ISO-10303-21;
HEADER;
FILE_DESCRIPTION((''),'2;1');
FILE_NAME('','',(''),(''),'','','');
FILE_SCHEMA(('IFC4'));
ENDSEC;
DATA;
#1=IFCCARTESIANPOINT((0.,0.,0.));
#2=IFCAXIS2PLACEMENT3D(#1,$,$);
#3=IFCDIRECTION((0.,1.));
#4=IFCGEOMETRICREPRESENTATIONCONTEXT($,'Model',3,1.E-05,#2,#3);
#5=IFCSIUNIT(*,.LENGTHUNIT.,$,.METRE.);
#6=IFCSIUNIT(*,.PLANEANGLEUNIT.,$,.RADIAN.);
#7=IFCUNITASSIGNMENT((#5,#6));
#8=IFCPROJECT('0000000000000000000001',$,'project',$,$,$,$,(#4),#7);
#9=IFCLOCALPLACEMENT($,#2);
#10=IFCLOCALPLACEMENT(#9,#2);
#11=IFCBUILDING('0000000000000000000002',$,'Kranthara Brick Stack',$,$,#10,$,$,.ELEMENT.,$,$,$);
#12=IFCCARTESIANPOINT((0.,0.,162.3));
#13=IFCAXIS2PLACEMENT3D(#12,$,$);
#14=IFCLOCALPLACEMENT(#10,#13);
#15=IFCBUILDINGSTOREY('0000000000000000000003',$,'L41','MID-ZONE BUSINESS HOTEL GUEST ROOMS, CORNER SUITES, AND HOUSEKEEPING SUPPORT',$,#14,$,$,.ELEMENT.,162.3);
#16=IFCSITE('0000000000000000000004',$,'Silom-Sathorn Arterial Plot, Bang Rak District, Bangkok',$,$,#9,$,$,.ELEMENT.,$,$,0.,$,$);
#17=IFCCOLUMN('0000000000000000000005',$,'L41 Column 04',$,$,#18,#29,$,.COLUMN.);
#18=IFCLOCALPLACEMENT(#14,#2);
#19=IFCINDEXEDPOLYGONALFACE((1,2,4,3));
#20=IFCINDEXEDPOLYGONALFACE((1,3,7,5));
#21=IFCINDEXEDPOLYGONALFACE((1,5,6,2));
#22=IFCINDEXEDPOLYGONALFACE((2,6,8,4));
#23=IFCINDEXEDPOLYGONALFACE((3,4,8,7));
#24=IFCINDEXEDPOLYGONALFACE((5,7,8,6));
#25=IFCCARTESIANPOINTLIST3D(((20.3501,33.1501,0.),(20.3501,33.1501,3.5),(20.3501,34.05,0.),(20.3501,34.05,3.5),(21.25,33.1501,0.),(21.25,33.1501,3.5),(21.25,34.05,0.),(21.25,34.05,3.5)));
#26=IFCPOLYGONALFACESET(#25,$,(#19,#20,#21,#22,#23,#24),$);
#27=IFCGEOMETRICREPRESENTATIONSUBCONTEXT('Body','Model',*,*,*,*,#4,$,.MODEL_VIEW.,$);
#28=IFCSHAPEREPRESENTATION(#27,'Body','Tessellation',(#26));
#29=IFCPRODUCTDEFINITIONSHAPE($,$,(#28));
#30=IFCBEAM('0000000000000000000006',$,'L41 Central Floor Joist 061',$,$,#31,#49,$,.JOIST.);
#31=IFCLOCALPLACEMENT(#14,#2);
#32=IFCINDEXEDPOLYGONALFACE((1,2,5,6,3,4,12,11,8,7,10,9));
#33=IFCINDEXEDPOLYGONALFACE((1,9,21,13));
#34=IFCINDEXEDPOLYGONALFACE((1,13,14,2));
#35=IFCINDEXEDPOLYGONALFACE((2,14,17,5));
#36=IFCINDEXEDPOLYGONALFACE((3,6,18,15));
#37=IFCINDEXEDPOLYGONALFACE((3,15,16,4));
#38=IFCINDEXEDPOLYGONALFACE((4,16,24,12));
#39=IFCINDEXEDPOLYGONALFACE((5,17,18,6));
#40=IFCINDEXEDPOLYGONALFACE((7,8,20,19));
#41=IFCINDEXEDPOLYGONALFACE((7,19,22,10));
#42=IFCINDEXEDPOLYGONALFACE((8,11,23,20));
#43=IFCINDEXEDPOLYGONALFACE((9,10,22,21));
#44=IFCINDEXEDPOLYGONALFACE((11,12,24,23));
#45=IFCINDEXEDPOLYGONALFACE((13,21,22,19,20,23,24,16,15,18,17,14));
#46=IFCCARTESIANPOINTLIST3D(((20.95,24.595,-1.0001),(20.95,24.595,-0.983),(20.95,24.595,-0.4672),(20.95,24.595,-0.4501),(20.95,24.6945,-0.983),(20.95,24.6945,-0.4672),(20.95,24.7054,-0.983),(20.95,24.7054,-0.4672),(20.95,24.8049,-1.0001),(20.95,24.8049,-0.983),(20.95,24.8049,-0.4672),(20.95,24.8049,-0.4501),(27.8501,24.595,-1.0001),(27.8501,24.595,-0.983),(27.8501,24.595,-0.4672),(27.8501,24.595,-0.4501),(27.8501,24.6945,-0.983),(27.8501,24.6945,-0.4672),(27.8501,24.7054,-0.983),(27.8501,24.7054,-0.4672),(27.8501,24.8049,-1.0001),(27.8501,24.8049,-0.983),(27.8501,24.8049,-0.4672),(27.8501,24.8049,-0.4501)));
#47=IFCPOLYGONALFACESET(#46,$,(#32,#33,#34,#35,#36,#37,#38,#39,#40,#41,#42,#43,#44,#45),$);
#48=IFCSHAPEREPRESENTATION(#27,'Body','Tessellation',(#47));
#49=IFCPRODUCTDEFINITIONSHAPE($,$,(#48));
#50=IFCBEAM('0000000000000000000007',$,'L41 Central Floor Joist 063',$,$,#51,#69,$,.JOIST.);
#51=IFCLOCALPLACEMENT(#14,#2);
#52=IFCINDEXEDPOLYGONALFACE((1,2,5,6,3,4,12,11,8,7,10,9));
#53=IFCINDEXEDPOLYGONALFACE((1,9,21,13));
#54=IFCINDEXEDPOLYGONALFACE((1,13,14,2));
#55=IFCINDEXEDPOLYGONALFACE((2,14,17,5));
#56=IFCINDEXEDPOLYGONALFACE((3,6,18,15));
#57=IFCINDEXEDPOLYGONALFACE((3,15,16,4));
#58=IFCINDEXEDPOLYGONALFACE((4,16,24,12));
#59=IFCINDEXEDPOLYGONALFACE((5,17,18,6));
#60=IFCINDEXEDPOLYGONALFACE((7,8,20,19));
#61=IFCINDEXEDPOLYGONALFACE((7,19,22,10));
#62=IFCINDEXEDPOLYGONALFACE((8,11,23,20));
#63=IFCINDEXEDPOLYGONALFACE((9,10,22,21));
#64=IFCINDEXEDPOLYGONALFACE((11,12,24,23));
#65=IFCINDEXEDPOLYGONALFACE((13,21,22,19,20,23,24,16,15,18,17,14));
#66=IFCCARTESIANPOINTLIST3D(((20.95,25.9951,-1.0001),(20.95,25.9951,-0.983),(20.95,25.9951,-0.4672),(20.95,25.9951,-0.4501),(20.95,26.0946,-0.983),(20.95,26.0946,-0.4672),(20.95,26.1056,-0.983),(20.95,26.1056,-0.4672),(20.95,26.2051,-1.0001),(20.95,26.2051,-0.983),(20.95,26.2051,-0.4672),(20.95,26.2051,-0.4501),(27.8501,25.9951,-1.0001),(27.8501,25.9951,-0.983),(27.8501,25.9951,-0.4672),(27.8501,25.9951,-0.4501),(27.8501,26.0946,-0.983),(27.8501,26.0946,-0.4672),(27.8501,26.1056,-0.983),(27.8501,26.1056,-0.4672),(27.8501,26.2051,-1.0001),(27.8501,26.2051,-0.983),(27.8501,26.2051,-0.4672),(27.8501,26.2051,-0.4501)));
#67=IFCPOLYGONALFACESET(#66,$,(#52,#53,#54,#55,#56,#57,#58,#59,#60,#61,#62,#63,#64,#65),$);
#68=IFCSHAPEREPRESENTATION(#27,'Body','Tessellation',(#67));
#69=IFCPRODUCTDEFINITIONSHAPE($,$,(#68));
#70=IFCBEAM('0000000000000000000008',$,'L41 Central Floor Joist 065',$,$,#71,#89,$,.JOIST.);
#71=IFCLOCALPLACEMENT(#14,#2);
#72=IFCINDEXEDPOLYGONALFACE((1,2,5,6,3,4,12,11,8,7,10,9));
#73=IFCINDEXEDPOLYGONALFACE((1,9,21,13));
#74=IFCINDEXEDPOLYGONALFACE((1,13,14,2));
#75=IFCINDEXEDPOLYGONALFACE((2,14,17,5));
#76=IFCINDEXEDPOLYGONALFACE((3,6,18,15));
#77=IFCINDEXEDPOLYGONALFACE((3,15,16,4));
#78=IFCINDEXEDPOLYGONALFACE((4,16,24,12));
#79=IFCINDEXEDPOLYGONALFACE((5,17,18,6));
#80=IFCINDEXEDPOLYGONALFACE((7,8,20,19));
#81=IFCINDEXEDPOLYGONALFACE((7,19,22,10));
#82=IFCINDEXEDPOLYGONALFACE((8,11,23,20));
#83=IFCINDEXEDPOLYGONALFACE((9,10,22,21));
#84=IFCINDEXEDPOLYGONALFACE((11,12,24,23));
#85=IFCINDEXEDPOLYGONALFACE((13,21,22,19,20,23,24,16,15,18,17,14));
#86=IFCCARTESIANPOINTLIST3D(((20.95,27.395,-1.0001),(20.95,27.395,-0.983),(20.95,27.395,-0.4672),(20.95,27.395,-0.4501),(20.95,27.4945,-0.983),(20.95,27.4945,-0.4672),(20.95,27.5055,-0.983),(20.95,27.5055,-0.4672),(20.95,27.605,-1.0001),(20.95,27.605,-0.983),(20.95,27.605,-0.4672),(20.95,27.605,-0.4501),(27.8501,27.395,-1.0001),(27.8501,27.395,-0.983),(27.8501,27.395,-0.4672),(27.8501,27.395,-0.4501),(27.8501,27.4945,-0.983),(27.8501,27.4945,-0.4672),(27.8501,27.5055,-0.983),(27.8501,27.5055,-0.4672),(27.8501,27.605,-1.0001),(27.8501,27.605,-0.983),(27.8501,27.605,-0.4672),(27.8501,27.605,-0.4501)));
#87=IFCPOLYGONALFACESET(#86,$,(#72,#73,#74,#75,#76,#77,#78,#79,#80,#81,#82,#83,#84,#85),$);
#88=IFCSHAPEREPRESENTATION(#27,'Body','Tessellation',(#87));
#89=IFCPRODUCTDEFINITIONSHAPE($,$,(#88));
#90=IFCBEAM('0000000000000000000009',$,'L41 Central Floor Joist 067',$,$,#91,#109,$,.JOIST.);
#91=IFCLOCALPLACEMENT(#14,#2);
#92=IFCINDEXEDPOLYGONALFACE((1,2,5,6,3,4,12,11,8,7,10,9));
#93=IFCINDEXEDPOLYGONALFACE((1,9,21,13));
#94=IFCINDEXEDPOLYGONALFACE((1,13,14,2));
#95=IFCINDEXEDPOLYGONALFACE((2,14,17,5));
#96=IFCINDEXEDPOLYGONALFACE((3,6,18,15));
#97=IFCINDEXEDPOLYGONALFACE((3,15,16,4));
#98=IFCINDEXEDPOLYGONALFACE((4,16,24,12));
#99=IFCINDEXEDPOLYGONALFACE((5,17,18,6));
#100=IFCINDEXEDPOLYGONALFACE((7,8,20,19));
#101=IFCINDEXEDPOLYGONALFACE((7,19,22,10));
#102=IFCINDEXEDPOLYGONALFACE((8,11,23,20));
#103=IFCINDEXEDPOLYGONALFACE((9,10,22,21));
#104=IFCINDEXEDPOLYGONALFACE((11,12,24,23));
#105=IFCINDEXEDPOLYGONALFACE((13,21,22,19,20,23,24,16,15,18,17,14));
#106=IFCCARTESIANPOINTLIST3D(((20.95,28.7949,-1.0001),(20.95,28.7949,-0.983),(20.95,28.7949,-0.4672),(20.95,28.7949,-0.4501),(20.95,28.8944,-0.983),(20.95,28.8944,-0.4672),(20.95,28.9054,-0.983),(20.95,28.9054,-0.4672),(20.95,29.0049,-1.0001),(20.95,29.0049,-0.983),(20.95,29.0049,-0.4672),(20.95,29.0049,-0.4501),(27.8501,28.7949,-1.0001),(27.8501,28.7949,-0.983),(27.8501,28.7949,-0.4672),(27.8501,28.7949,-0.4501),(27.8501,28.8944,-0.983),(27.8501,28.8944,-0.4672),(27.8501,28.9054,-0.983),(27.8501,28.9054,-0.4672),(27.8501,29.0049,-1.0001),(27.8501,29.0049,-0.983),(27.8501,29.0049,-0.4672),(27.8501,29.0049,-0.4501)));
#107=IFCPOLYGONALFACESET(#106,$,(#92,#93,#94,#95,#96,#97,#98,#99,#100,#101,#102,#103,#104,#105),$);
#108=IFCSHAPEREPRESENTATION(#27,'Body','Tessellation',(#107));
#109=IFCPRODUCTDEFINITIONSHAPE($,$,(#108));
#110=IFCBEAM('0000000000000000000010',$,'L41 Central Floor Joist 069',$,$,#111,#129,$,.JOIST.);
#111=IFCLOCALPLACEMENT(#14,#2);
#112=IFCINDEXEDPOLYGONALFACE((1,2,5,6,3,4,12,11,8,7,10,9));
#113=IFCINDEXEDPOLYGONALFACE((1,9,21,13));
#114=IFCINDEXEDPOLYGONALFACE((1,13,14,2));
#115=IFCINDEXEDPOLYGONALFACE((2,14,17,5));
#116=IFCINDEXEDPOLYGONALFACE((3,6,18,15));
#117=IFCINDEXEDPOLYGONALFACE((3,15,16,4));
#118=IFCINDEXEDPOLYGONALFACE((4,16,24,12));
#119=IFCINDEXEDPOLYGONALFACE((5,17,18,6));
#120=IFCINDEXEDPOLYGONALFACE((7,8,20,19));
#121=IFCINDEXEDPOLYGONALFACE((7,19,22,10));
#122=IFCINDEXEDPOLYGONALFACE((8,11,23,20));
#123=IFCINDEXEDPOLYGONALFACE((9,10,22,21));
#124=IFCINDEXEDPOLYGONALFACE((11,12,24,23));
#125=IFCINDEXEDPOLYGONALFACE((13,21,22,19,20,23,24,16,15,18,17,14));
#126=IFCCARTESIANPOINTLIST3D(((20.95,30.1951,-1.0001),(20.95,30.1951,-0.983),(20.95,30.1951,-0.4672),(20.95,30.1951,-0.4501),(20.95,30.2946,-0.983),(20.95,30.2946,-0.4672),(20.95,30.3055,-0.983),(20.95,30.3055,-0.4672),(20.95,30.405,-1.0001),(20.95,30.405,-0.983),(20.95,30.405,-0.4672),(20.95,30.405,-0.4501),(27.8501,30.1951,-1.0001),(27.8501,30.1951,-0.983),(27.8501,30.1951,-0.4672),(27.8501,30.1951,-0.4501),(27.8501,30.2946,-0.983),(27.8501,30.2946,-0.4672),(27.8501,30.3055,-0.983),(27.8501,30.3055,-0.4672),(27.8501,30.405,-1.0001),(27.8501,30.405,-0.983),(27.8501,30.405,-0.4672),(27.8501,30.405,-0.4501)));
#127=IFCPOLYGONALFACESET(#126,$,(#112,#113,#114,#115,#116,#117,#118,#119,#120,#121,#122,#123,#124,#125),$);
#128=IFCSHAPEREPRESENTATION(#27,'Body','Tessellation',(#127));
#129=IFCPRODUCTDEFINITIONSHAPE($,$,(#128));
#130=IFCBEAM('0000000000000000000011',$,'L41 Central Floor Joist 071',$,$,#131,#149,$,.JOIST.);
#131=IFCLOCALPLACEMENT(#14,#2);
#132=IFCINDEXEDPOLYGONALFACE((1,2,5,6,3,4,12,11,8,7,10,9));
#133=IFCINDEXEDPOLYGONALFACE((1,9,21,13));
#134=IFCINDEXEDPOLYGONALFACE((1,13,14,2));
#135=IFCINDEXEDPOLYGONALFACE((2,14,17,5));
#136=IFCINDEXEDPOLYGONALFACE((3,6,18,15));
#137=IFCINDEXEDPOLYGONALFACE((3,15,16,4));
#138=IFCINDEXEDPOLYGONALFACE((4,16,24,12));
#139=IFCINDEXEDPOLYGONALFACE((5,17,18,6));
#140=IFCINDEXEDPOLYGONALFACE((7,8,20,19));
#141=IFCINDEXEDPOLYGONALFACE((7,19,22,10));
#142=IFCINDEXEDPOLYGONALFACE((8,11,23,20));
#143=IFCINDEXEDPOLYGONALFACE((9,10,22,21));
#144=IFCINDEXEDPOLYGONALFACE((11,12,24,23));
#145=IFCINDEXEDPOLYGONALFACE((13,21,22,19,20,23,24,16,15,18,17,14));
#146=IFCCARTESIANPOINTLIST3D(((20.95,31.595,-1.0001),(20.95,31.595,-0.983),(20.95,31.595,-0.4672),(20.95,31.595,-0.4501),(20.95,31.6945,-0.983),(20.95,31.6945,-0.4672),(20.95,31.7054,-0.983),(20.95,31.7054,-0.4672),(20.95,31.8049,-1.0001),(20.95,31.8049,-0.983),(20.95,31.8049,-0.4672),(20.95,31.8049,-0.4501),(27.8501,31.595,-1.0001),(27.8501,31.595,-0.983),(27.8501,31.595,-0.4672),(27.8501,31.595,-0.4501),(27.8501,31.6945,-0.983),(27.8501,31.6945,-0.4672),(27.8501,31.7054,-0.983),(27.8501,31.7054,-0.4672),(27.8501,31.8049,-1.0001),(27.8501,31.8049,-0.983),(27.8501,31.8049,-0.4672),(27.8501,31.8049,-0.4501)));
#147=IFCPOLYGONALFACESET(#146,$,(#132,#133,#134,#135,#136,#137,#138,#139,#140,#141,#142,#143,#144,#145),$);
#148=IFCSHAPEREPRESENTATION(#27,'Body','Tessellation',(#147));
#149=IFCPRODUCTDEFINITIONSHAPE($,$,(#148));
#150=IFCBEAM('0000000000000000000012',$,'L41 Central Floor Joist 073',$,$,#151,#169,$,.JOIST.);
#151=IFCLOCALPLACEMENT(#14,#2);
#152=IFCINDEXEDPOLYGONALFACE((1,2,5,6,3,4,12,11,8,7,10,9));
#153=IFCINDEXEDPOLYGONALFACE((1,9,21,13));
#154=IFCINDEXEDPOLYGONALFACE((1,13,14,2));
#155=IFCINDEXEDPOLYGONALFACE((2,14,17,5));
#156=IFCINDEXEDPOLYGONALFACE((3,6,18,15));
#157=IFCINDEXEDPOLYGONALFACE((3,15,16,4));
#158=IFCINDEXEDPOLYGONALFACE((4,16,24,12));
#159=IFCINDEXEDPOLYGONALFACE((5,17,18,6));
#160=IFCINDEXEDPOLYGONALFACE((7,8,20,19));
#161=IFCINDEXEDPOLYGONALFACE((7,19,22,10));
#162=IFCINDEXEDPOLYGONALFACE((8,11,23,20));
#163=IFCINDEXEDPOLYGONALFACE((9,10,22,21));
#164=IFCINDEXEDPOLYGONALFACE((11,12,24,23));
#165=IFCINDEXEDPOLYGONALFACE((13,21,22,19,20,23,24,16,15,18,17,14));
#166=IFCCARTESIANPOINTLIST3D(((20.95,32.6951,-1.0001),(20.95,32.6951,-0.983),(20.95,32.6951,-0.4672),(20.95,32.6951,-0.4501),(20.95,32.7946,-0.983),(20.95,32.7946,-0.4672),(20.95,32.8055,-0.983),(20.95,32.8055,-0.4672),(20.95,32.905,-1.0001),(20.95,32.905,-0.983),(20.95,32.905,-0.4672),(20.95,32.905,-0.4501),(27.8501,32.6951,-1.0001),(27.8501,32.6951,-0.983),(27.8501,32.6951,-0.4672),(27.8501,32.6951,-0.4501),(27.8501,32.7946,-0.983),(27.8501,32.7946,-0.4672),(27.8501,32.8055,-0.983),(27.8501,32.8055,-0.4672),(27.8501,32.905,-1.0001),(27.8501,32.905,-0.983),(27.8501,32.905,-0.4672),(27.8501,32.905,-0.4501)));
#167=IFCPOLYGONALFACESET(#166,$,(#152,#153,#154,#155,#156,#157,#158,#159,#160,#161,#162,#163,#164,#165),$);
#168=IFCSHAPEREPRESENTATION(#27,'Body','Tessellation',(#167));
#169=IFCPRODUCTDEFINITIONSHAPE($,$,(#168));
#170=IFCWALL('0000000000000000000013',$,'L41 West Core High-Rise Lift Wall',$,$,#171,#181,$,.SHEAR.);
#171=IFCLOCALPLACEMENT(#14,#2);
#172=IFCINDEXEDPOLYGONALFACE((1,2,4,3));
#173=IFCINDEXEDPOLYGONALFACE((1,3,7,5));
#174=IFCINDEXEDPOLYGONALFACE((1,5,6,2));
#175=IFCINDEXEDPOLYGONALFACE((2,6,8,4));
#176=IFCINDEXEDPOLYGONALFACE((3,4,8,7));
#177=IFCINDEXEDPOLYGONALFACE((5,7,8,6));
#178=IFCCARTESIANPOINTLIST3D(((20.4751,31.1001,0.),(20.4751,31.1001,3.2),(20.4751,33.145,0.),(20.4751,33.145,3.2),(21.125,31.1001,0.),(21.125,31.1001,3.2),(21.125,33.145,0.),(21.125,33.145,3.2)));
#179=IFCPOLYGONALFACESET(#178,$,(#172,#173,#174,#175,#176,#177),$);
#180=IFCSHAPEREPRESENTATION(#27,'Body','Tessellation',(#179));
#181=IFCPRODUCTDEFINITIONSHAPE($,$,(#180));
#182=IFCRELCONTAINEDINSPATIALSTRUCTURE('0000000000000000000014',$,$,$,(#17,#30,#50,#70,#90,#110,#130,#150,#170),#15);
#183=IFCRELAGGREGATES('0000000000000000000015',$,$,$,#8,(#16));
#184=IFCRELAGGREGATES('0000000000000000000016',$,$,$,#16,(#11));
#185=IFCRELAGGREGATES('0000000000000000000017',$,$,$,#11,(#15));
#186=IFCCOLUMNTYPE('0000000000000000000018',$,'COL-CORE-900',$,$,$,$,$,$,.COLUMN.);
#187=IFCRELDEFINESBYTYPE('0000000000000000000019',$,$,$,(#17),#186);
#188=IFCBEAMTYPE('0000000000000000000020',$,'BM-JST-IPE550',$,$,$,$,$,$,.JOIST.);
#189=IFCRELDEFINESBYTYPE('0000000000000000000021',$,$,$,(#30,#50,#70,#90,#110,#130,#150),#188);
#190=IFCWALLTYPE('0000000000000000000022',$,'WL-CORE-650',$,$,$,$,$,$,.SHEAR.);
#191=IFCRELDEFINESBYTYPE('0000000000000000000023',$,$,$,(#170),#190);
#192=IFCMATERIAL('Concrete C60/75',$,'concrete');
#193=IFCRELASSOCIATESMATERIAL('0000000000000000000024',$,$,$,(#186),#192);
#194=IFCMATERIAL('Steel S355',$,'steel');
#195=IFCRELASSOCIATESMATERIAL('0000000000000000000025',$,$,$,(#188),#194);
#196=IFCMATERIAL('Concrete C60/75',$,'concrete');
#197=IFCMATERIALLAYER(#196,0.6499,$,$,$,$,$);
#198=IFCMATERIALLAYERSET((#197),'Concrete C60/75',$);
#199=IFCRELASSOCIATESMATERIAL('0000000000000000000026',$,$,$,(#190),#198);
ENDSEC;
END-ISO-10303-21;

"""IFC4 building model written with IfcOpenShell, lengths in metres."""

from ifc_helpers import new_model, si_unit, direction, frame, frame_2d, origin, origin_2d, place, context, subcontext, project, spatial, rectangle, i_section, extrude, material, layer, layer_set, material_profile, profile_set, type_object, element, save


model = new_model("IFC4")

# Units and contexts
model_context = context("Model", 3, precision=1e-05, world=origin(), true_north=direction((0.0, 1.0)))
body_context = subcontext(model_context, "Body", "Model", "MODEL_VIEW")
ifc_project = project(units=[si_unit("LENGTHUNIT", "METRE"), si_unit("PLANEANGLEUNIT", "RADIAN")], contexts=[model_context])

# Site, building, storey
site_placement = place(None, origin())
site = spatial("IfcSite", under=ifc_project, at=site_placement, Name="Silom-Sathorn Arterial Plot, Bang Rak District, Bangkok", CompositionType="ELEMENT", RefElevation=0.0)
building_placement = place(site_placement, origin())
building = spatial("IfcBuilding", under=site, at=building_placement, Name="Kranthara Brick Stack", CompositionType="ELEMENT")
storey_placement = place(building_placement, frame((0.0, 0.0, 162.3)))
storey = spatial("IfcBuildingStorey", under=building, at=storey_placement, Name="L41", Description="MID-ZONE BUSINESS HOTEL GUEST ROOMS, CORNER SUITES, AND HOUSEKEEPING SUPPORT", CompositionType="ELEMENT", Elevation=162.3)

# Column
ifc_material_1 = material(Name="Concrete C60/75", Category="concrete")
ifc_material_profile_1 = material_profile(ifc_material_1, rectangle(XDim=0.8999, YDim=0.8999, at=origin_2d()), Name="RC 900x900")
ifc_profile_set_1 = profile_set([ifc_material_profile_1], Name="Concrete C60/75")
column_type = type_object("IfcColumnType", Name="COL-CORE-900", PredefinedType="COLUMN", material=ifc_profile_set_1)
column_placement = place(storey_placement, frame((20.8, 33.6001, 0.0), z_axis=(0.0, 0.0, 1.0), x_axis=(1.0, 0.0, 0.0)))
element("IfcColumn", 1, at=column_placement, inside=storey, type_object=column_type, Name="L41 Column 04", PredefinedType="COLUMN", context=body_context, shape_type="SweptSolid", body=[
    extrude(rectangle(XDim=0.8999, YDim=0.8999, at=origin_2d()), origin(), (0.0, 0.0, 1.0), 3.5),
])

# Beams
ifc_material_2 = material(Name="Steel S355", Category="steel")
ifc_material_profile_2 = material_profile(ifc_material_2, i_section(OverallWidth=0.21, OverallDepth=0.55, WebThickness=0.011, FlangeThickness=0.0171, at=origin_2d()), Name="IPE 550")
ifc_profile_set_2 = profile_set([ifc_material_profile_2], Name="Steel S355")
beam_type = type_object("IfcBeamType", Name="BM-JST-IPE550", PredefinedType="JOIST", material=ifc_profile_set_2)
for number, where, z_axis, x_axis, name in (
    (2, (20.95, 24.7, -0.7251), (1.0, 0.0, 0.0), (0.0, 1.0, 0.0), "L41 Central Floor Joist 061"),
    (3, (20.95, 26.1001, -0.7251), (1.0, 0.0, 0.0), (0.0, 1.0, 0.0), "L41 Central Floor Joist 063"),
    (4, (20.95, 27.5, -0.7251), (1.0, 0.0, 0.0), (0.0, 1.0, 0.0), "L41 Central Floor Joist 065"),
    (5, (20.95, 28.8999, -0.7251), (1.0, 0.0, 0.0), (0.0, 1.0, 0.0), "L41 Central Floor Joist 067"),
    (6, (20.95, 30.3, -0.7251), (1.0, 0.0, 0.0), (0.0, 1.0, 0.0), "L41 Central Floor Joist 069"),
    (7, (20.95, 31.7, -0.7251), (1.0, 0.0, 0.0), (0.0, 1.0, 0.0), "L41 Central Floor Joist 071"),
    (8, (20.95, 32.8, -0.7251), (1.0, 0.0, 0.0), (0.0, 1.0, 0.0), "L41 Central Floor Joist 073"),
):
    element("IfcBeam", number, at=place(storey_placement, frame(where, z_axis=z_axis, x_axis=x_axis)), inside=storey, type_object=beam_type, Name=name, PredefinedType="JOIST", context=body_context, shape_type="SweptSolid", body=[
        extrude(i_section(OverallWidth=0.21, OverallDepth=0.55, WebThickness=0.011, FlangeThickness=0.0171, at=origin_2d()), origin(), (0.0, 0.0, 1.0), 6.9001),
    ])

# Wall
ifc_material_3 = material(Name="Concrete C60/75", Category="concrete")
ifc_layer_1 = layer(ifc_material_3, 0.6499)
ifc_layer_set_1 = layer_set([ifc_layer_1], Name="Concrete C60/75")
wall_type_1 = type_object("IfcWallType", Name="WL-CORE-650", PredefinedType="SHEAR", material=ifc_layer_set_1)
wall_1_placement = place(storey_placement, frame((20.8, 31.1001, 0.0), z_axis=(0.0, 0.0, 1.0), x_axis=(0.0, 1.0, 0.0)))
element("IfcWall", 9, at=wall_1_placement, inside=storey, type_object=wall_type_1, Name="L41 West Core High-Rise Lift Wall", PredefinedType="SHEAR", context=body_context, shape_type="SweptSolid", body=[
    extrude(rectangle(XDim=2.0449, YDim=0.6499, at=frame_2d((1.0225, 0.0))), origin(), (0.0, 0.0, 1.0), 3.2),
])

save(model, "model.ifc")
